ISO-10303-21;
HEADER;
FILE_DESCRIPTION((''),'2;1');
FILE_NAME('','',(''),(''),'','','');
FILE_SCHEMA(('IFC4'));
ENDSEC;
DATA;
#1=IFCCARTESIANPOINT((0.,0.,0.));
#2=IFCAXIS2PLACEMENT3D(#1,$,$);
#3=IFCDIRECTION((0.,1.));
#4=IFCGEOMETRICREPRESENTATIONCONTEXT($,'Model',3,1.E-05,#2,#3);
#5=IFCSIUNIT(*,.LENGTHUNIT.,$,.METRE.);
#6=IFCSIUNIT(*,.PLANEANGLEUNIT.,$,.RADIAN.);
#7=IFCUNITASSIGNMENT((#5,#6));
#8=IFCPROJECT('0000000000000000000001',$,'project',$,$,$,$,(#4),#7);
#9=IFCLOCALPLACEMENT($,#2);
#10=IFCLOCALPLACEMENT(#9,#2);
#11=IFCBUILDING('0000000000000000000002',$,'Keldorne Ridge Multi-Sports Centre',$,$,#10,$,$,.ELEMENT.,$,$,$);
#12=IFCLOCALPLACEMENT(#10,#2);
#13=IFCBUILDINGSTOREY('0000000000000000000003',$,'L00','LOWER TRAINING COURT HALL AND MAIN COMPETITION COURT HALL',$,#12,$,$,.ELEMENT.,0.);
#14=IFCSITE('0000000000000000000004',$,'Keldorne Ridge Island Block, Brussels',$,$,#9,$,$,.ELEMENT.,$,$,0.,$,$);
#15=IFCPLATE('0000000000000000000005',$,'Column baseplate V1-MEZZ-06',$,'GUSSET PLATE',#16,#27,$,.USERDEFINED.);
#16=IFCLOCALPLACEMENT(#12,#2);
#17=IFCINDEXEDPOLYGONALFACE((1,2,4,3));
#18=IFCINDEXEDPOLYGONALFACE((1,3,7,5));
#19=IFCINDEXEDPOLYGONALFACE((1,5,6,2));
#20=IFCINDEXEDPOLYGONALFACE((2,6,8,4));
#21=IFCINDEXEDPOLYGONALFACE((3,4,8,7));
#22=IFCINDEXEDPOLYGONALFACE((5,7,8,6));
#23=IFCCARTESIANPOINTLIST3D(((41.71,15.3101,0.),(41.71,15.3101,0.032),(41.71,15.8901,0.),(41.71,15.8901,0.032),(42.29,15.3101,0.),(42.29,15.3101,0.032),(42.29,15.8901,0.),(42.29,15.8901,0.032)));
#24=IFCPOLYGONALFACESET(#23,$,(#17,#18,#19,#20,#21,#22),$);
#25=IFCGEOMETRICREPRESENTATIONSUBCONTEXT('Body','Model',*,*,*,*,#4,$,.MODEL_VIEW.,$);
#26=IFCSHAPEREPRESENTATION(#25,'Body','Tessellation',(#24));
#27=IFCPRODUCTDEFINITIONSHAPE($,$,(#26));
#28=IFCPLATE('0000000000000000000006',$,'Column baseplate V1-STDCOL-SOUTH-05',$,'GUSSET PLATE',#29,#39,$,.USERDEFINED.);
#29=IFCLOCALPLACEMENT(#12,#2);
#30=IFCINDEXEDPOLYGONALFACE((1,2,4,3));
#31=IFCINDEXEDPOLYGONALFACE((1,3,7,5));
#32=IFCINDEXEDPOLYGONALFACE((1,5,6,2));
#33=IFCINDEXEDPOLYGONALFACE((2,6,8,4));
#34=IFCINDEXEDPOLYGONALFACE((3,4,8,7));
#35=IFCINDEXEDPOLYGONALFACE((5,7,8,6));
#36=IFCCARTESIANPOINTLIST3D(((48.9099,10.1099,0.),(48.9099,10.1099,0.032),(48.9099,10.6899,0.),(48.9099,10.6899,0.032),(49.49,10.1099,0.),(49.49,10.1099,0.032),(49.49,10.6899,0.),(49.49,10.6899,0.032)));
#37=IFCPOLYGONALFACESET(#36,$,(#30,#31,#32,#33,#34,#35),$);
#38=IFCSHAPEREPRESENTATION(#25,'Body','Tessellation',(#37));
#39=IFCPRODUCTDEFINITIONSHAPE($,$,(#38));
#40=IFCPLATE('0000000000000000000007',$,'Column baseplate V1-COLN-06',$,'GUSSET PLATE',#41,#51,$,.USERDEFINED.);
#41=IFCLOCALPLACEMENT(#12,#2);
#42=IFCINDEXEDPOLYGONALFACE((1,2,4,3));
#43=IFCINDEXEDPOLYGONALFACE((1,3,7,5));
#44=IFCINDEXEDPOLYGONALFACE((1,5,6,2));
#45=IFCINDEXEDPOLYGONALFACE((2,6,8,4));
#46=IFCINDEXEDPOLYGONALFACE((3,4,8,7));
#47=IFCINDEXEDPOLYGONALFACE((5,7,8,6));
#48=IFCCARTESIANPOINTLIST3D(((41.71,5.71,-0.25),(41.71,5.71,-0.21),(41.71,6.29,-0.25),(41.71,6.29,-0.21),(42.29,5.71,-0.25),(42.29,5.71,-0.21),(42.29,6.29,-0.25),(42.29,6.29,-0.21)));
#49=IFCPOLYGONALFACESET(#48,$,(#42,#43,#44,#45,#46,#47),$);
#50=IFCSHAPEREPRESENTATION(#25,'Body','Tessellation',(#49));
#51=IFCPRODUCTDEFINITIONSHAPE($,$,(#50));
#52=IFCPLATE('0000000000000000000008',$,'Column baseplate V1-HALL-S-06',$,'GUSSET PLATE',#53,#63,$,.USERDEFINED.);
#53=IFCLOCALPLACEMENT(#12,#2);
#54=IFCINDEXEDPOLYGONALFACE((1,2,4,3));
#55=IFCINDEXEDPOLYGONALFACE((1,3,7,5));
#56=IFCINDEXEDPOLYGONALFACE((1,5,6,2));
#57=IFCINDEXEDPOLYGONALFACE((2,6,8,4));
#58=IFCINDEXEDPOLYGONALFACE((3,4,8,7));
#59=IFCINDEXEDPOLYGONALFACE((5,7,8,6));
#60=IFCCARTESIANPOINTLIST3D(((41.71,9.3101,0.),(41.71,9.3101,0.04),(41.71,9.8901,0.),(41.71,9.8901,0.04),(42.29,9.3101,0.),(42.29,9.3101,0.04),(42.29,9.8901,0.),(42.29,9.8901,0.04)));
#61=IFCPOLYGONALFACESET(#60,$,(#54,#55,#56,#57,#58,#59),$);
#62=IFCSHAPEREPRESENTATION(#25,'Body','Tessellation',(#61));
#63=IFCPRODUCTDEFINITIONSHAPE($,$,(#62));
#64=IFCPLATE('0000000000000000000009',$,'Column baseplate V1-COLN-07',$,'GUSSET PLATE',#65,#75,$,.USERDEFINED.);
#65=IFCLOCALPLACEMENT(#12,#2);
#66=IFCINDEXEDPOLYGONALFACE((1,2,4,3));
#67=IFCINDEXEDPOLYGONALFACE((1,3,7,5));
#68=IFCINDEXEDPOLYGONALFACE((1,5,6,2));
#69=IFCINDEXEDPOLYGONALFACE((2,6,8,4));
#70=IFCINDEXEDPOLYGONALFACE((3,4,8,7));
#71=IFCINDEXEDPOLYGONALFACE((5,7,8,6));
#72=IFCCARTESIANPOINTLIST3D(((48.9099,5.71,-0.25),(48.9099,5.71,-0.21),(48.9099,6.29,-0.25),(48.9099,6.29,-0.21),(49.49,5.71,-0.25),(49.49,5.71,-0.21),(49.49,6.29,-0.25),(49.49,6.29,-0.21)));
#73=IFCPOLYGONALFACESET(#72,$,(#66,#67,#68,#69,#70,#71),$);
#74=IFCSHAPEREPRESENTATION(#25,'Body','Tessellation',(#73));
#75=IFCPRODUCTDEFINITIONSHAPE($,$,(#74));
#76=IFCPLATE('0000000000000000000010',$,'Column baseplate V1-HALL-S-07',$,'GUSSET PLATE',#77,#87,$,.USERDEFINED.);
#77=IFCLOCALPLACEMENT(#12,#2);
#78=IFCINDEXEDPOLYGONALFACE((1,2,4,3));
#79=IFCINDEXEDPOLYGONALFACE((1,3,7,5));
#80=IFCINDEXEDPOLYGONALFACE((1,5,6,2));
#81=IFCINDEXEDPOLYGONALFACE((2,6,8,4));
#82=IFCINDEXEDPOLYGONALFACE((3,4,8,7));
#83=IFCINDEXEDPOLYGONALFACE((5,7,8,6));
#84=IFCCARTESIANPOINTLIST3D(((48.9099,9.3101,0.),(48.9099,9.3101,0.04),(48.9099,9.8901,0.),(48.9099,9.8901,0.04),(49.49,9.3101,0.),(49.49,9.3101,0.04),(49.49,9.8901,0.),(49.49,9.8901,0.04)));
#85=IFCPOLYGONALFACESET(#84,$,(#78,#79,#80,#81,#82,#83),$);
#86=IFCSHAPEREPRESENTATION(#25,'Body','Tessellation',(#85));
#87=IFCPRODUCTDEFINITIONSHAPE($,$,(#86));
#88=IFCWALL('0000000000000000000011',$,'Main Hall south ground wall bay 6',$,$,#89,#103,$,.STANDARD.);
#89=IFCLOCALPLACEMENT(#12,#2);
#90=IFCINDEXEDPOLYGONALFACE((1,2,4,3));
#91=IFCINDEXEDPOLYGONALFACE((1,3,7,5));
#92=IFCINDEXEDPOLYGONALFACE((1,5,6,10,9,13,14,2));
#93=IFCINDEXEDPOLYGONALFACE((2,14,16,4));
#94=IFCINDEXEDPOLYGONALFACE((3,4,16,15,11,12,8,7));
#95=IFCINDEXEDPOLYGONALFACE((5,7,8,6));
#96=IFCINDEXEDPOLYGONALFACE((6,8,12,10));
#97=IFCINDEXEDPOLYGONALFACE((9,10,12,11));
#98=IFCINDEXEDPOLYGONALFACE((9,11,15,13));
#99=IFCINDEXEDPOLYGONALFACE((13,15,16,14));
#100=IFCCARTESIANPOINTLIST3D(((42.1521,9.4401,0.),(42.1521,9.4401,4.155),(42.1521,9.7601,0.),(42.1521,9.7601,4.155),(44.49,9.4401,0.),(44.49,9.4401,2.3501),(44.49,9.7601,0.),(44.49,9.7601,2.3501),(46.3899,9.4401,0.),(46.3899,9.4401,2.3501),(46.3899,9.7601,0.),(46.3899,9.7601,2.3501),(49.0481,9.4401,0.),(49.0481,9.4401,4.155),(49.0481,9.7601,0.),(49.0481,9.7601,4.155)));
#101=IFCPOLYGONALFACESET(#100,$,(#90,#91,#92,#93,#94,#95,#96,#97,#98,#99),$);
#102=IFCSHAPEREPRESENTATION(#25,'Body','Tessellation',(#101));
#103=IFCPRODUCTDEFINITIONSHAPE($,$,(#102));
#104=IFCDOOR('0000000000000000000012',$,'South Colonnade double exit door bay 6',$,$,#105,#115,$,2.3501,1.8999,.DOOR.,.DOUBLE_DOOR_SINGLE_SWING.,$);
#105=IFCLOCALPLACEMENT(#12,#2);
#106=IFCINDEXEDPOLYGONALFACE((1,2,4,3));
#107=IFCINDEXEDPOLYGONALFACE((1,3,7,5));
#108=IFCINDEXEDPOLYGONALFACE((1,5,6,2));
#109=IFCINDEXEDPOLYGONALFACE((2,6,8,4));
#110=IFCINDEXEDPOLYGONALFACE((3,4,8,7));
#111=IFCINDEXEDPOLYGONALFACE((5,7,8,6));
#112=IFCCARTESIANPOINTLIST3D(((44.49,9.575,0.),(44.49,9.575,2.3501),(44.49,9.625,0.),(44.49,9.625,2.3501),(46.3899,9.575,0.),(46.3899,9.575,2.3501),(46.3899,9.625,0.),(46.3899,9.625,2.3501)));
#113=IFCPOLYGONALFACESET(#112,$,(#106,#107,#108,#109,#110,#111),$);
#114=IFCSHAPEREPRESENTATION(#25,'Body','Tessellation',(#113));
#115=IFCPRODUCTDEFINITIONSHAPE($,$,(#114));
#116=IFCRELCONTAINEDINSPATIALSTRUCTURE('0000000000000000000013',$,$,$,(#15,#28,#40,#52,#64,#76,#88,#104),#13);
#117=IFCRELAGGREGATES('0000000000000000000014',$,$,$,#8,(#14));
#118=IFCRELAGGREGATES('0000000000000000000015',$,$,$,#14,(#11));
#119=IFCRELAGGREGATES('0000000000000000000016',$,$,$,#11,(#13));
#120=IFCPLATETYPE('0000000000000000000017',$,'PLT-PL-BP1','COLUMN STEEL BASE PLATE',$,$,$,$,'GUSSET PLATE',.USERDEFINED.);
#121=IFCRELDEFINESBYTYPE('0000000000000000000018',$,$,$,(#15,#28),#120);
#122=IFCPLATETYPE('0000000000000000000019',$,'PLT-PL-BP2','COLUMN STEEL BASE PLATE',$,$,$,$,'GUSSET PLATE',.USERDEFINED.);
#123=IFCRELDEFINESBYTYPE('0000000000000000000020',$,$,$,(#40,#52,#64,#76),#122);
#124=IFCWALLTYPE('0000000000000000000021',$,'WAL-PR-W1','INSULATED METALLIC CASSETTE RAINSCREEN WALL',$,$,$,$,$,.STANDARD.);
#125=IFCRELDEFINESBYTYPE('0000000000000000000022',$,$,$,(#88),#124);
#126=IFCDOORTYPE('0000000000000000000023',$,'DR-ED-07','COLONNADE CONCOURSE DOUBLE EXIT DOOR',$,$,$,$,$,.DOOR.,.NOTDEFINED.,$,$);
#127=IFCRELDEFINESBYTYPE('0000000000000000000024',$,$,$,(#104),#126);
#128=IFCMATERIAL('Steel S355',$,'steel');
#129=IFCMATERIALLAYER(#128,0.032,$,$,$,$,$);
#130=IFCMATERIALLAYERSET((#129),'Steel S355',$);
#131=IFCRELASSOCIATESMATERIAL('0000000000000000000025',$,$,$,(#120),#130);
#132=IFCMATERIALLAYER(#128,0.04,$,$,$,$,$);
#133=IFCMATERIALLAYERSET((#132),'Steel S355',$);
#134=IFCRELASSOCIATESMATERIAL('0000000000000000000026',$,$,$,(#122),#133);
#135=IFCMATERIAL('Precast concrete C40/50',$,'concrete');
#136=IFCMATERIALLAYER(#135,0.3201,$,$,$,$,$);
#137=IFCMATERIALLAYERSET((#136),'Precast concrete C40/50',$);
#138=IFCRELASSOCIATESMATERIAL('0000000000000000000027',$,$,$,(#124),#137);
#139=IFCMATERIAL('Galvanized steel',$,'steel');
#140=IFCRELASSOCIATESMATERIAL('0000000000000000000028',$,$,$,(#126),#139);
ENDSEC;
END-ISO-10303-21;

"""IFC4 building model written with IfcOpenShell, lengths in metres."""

from ifc_helpers import new_model, si_unit, direction, frame, frame_2d, origin, origin_2d, place, context, subcontext, project, spatial, rectangle, extrude, material, layer, layer_set, type_object, element, fill, save


model = new_model("IFC4")

# Units and contexts
model_context = context("Model", 3, precision=1e-05, world=origin(), true_north=direction((0.0, 1.0)))
body_context = subcontext(model_context, "Body", "Model", "MODEL_VIEW")
ifc_project = project(units=[si_unit("LENGTHUNIT", "METRE"), si_unit("PLANEANGLEUNIT", "RADIAN")], contexts=[model_context])

# Site, building, storey
site_placement = place(None, origin())
site = spatial("IfcSite", under=ifc_project, at=site_placement, Name="Keldorne Ridge Island Block, Brussels", CompositionType="ELEMENT", RefElevation=0.0)
building_placement = place(site_placement, origin())
building = spatial("IfcBuilding", under=site, at=building_placement, Name="Keldorne Ridge Multi-Sports Centre", CompositionType="ELEMENT")
storey_placement = place(building_placement, origin())
storey = spatial("IfcBuildingStorey", under=building, at=storey_placement, Name="L00", Description="LOWER TRAINING COURT HALL AND MAIN COMPETITION COURT HALL", CompositionType="ELEMENT", Elevation=0.0)

# Shared definitions
ifc_material_1 = material(Name="Steel S355", Category="steel")

# Plates
ifc_layer_1 = layer(ifc_material_1, 0.032)
ifc_layer_set_1 = layer_set([ifc_layer_1], Name="Steel S355")
plate_type_1 = type_object("IfcPlateType", Name="PLT-PL-BP1", Description="COLUMN STEEL BASE PLATE", ElementType="GUSSET PLATE", PredefinedType="USERDEFINED", material=ifc_layer_set_1)
for number, where, z_axis, x_axis, name in (
    (1, (42.0, 15.6001, 0.0), (0.0, 0.0, 1.0), (1.0, 0.0, 0.0), "Column baseplate V1-MEZZ-06"),
    (2, (49.2, 10.3999, 0.0), (0.0, 0.0, 1.0), (1.0, 0.0, 0.0), "Column baseplate V1-STDCOL-SOUTH-05"),
):
    element("IfcPlate", number, at=place(storey_placement, frame(where, z_axis=z_axis, x_axis=x_axis)), inside=storey, type_object=plate_type_1, Name=name, ObjectType="GUSSET PLATE", PredefinedType="USERDEFINED", context=body_context, shape_type="SweptSolid", body=[
        extrude(rectangle(XDim=0.5801, YDim=0.5801, at=origin_2d()), origin(), (0.0, 0.0, 1.0), 0.032),
    ])
ifc_layer_2 = layer(ifc_material_1, 0.04)
ifc_layer_set_2 = layer_set([ifc_layer_2], Name="Steel S355")
plate_type_2 = type_object("IfcPlateType", Name="PLT-PL-BP2", Description="COLUMN STEEL BASE PLATE", ElementType="GUSSET PLATE", PredefinedType="USERDEFINED", material=ifc_layer_set_2)
for number, where, z_axis, x_axis, name in (
    (3, (42.0, 6.0, -0.25), (0.0, 0.0, 1.0), (1.0, 0.0, 0.0), "Column baseplate V1-COLN-06"),
    (4, (42.0, 9.6001, 0.0), (0.0, 0.0, 1.0), (1.0, 0.0, 0.0), "Column baseplate V1-HALL-S-06"),
    (5, (49.2, 6.0, -0.25), (0.0, 0.0, 1.0), (1.0, 0.0, 0.0), "Column baseplate V1-COLN-07"),
    (6, (49.2, 9.6001, 0.0), (0.0, 0.0, 1.0), (1.0, 0.0, 0.0), "Column baseplate V1-HALL-S-07"),
):
    element("IfcPlate", number, at=place(storey_placement, frame(where, z_axis=z_axis, x_axis=x_axis)), inside=storey, type_object=plate_type_2, Name=name, ObjectType="GUSSET PLATE", PredefinedType="USERDEFINED", context=body_context, shape_type="SweptSolid", body=[
        extrude(rectangle(XDim=0.5801, YDim=0.5801, at=origin_2d()), origin(), (0.0, 0.0, 1.0), 0.04),
    ])

# Wall, opening, door
ifc_material_2 = material(Name="Precast concrete C40/50", Category="concrete")
ifc_layer_3 = layer(ifc_material_2, 0.3201)
ifc_layer_set_3 = layer_set([ifc_layer_3], Name="Precast concrete C40/50")
wall_type = type_object("IfcWallType", Name="WAL-PR-W1", Description="INSULATED METALLIC CASSETTE RAINSCREEN WALL", PredefinedType="STANDARD", material=ifc_layer_set_3)
wall_placement = place(storey_placement, frame((42.1521, 9.6001, 0.0), z_axis=(0.0, 0.0, 1.0), x_axis=(1.0, 0.0, 0.0)))
wall = element("IfcWall", 7, at=wall_placement, inside=storey, type_object=wall_type, Name="Main Hall south ground wall bay 6", PredefinedType="STANDARD", context=body_context, shape_type="SweptSolid", body=[
    extrude(rectangle(XDim=6.896, YDim=0.3201, at=frame_2d((3.448, 0.0))), origin(), (0.0, 0.0, 1.0), 4.155),
])
opening_placement = place(wall_placement, frame((2.3379, 0.0, 0.0)))
opening = element("IfcOpeningElement", 8, at=opening_placement, cuts=wall, PredefinedType="OPENING", context=body_context, shape_type="SweptSolid", body=[
    extrude(rectangle(XDim=1.8999, YDim=2.3501, at=frame_2d((0.95, 1.175))), frame((0.0, 0.1699, 0.0), z_axis=(0.0, -1.0, 0.0), x_axis=(1.0, 0.0, 0.0)), (0.0, 0.0, 1.0), 0.3401),
])
ifc_material_3 = material(Name="Galvanized steel", Category="steel")
door_type = type_object("IfcDoorType", Name="DR-ED-07", Description="COLONNADE CONCOURSE DOUBLE EXIT DOOR", OperationType="NOTDEFINED", PredefinedType="DOOR", material=ifc_material_3)
door_placement = place(opening_placement, origin())
door = element("IfcDoor", 9, at=door_placement, inside=storey, type_object=door_type, Name="South Colonnade double exit door bay 6", OperationType="DOUBLE_DOOR_SINGLE_SWING", OverallHeight=2.3501, OverallWidth=1.8999, PredefinedType="DOOR", context=body_context, shape_type="SweptSolid", body=[
    extrude(rectangle(XDim=1.8999, YDim=2.3501, at=frame_2d((0.95, 1.175))), frame((0.0, 0.0249, 0.0), z_axis=(0.0, -1.0, 0.0), x_axis=(1.0, 0.0, 0.0)), (0.0, 0.0, 1.0), 0.05),
])
fill(opening, door)

save(model, "model.ifc")
